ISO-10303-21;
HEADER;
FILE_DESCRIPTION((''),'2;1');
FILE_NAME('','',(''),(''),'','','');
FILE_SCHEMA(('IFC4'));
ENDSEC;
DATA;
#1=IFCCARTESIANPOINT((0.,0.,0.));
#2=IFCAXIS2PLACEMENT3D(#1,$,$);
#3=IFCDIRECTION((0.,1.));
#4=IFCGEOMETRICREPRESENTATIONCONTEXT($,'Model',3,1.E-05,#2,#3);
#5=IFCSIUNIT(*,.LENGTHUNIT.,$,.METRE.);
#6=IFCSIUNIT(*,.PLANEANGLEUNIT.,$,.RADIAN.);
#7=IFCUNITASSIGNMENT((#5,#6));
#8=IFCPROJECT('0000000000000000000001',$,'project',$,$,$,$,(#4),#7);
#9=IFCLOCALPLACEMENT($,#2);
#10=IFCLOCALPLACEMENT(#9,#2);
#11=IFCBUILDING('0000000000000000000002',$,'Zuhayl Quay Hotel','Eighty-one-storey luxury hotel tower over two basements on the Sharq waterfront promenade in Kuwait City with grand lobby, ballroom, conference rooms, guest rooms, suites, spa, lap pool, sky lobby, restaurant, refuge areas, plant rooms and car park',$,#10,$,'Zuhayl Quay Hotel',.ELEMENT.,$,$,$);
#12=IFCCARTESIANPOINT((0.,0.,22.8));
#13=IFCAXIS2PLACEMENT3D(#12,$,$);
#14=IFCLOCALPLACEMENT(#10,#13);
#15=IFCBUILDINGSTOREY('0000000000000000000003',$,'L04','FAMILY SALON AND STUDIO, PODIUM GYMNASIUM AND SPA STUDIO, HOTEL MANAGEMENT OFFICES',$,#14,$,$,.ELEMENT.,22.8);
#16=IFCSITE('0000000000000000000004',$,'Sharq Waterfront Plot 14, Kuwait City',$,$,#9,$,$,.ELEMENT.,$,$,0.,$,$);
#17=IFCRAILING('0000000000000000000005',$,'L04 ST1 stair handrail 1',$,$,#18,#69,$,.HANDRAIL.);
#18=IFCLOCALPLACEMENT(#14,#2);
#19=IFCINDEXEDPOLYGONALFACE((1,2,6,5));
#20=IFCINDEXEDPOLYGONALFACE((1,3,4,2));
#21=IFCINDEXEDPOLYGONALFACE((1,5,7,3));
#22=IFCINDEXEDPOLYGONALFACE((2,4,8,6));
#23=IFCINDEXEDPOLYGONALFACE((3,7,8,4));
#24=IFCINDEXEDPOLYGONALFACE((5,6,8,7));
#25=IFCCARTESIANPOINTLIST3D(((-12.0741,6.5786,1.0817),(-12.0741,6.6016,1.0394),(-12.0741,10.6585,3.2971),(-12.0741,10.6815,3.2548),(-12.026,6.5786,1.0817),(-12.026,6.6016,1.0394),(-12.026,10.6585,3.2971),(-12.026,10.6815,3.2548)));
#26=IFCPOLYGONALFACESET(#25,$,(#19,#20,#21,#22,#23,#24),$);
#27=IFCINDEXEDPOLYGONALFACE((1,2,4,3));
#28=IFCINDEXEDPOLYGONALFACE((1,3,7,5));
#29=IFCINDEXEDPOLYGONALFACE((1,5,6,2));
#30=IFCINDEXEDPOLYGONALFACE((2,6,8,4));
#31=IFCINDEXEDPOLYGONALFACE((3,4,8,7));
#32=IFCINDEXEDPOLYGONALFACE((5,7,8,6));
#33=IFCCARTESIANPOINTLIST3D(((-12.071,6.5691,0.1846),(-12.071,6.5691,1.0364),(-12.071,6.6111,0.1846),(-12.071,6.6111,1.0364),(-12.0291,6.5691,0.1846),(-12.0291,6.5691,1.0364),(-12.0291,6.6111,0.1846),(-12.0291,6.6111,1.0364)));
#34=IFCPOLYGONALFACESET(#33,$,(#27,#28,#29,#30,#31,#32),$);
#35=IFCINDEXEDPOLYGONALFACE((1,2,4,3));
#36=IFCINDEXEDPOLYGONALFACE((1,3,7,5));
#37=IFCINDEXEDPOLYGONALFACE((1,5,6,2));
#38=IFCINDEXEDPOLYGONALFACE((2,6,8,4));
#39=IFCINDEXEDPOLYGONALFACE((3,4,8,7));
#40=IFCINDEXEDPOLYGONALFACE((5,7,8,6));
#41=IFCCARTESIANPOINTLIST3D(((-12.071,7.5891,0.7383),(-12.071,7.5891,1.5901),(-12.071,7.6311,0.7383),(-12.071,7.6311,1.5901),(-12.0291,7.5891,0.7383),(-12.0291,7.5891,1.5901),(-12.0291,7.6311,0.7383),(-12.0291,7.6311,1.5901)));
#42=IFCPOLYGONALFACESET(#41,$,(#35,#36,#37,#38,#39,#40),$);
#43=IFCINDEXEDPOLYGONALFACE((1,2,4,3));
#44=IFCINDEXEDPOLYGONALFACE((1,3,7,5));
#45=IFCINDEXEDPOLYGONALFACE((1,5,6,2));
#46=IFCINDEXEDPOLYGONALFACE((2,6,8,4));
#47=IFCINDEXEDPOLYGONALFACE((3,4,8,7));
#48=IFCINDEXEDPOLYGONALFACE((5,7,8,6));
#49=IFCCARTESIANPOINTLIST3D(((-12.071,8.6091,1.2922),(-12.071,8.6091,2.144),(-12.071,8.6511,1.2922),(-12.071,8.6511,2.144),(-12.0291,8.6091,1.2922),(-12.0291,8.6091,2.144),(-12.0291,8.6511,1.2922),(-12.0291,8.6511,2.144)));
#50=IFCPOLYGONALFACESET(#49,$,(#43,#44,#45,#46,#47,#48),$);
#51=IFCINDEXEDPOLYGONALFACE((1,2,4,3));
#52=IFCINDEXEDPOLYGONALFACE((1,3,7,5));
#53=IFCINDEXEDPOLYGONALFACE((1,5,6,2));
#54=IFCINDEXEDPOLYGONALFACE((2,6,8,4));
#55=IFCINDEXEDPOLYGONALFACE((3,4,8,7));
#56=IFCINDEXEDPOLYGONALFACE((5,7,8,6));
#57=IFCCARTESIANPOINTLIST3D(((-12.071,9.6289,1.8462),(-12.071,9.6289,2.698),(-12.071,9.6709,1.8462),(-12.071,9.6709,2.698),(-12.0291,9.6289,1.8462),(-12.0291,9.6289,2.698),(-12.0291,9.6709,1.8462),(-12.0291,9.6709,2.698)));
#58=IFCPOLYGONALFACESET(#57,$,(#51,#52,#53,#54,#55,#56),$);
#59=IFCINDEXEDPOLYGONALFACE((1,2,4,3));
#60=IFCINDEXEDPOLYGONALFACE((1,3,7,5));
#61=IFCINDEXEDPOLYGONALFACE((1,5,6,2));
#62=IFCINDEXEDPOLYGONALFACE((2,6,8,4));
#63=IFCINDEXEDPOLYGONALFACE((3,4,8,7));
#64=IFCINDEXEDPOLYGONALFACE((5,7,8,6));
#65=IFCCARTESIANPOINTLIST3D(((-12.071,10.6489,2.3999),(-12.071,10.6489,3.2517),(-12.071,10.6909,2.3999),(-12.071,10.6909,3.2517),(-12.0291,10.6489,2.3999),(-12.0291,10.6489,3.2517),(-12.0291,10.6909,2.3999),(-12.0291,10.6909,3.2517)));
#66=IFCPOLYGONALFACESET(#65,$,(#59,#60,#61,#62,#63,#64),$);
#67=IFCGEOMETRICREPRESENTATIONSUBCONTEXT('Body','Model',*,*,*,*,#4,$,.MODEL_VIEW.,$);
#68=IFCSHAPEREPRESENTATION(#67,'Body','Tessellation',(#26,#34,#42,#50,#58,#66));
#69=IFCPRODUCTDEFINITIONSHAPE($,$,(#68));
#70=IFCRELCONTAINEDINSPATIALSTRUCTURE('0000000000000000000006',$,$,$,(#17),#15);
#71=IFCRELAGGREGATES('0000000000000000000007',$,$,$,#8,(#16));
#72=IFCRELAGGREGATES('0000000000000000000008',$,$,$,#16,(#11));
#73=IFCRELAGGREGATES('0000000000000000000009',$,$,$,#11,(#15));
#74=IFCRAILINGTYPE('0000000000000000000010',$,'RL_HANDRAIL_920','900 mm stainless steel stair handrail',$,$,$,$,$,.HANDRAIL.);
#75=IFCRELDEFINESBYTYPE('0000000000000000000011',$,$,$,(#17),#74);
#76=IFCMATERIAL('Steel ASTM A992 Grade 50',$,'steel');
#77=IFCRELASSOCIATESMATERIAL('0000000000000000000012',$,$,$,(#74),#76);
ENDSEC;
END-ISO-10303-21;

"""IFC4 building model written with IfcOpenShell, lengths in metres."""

from ifc_helpers import new_model, si_unit, direction, frame, origin, origin_2d, place, context, subcontext, project, spatial, rectangle, extrude, material, type_object, element, save


model = new_model("IFC4")

# Units and contexts
model_context = context("Model", 3, precision=1e-05, world=origin(), true_north=direction((0.0, 1.0)))
body_context = subcontext(model_context, "Body", "Model", "MODEL_VIEW")
ifc_project = project(units=[si_unit("LENGTHUNIT", "METRE"), si_unit("PLANEANGLEUNIT", "RADIAN")], contexts=[model_context])

# Site, building, storey
site_placement = place(None, origin())
site = spatial("IfcSite", under=ifc_project, at=site_placement, Name="Sharq Waterfront Plot 14, Kuwait City", CompositionType="ELEMENT", RefElevation=0.0)
building_placement = place(site_placement, origin())
building = spatial("IfcBuilding", under=site, at=building_placement, Name="Zuhayl Quay Hotel", Description="Eighty-one-storey luxury hotel tower over two basements on the Sharq waterfront promenade in Kuwait City with grand lobby, ballroom, conference rooms, guest rooms, suites, spa, lap pool, sky lobby, restaurant, refuge areas, plant rooms and car park", LongName="Zuhayl Quay Hotel", CompositionType="ELEMENT")
storey_placement = place(building_placement, frame((0.0, 0.0, 22.8)))
storey = spatial("IfcBuildingStorey", under=building, at=storey_placement, Name="L04", Description="FAMILY SALON AND STUDIO, PODIUM GYMNASIUM AND SPA STUDIO, HOTEL MANAGEMENT OFFICES", CompositionType="ELEMENT", Elevation=22.8)

# Shared definitions
ifc_material_1 = material(Name="Steel ASTM A992 Grade 50", Category="steel")

# Railing
railing_type = type_object("IfcRailingType", Name="RL_HANDRAIL_920", Description="900 mm stainless steel stair handrail", PredefinedType="HANDRAIL", material=ifc_material_1)
railing_placement = place(storey_placement, frame((-12.05, 6.5901, 0.1846)))
element("IfcRailing", 1, at=railing_placement, inside=storey, type_object=railing_type, Name="L04 ST1 stair handrail 1", PredefinedType="HANDRAIL", context=body_context, shape_type="SweptSolid", body=[
    extrude(rectangle(XDim=0.0481, YDim=0.0481, at=origin_2d()), frame((0.0, 0.0, 0.876), z_axis=(0.0, 0.878802, 0.477186), x_axis=(-1.0, 0.0, 0.0)), (0.0, 0.0, 1.0), 4.6426),
    extrude(rectangle(XDim=0.042, YDim=0.042, at=origin_2d()), origin(), (0.0, 0.0, 1.0), 0.8518),
    extrude(rectangle(XDim=0.042, YDim=0.042, at=origin_2d()), frame((0.0, 1.02, 0.5537)), (0.0, 0.0, 1.0), 0.8518),
    extrude(rectangle(XDim=0.042, YDim=0.042, at=origin_2d()), frame((0.0, 2.04, 1.1077)), (0.0, 0.0, 1.0), 0.8518),
    extrude(rectangle(XDim=0.042, YDim=0.042, at=origin_2d()), frame((0.0, 3.0598, 1.6616)), (0.0, 0.0, 1.0), 0.8518),
    extrude(rectangle(XDim=0.042, YDim=0.042, at=origin_2d()), frame((0.0, 4.0798, 2.2153)), (0.0, 0.0, 1.0), 0.8518),
])

save(model, "model.ifc")
